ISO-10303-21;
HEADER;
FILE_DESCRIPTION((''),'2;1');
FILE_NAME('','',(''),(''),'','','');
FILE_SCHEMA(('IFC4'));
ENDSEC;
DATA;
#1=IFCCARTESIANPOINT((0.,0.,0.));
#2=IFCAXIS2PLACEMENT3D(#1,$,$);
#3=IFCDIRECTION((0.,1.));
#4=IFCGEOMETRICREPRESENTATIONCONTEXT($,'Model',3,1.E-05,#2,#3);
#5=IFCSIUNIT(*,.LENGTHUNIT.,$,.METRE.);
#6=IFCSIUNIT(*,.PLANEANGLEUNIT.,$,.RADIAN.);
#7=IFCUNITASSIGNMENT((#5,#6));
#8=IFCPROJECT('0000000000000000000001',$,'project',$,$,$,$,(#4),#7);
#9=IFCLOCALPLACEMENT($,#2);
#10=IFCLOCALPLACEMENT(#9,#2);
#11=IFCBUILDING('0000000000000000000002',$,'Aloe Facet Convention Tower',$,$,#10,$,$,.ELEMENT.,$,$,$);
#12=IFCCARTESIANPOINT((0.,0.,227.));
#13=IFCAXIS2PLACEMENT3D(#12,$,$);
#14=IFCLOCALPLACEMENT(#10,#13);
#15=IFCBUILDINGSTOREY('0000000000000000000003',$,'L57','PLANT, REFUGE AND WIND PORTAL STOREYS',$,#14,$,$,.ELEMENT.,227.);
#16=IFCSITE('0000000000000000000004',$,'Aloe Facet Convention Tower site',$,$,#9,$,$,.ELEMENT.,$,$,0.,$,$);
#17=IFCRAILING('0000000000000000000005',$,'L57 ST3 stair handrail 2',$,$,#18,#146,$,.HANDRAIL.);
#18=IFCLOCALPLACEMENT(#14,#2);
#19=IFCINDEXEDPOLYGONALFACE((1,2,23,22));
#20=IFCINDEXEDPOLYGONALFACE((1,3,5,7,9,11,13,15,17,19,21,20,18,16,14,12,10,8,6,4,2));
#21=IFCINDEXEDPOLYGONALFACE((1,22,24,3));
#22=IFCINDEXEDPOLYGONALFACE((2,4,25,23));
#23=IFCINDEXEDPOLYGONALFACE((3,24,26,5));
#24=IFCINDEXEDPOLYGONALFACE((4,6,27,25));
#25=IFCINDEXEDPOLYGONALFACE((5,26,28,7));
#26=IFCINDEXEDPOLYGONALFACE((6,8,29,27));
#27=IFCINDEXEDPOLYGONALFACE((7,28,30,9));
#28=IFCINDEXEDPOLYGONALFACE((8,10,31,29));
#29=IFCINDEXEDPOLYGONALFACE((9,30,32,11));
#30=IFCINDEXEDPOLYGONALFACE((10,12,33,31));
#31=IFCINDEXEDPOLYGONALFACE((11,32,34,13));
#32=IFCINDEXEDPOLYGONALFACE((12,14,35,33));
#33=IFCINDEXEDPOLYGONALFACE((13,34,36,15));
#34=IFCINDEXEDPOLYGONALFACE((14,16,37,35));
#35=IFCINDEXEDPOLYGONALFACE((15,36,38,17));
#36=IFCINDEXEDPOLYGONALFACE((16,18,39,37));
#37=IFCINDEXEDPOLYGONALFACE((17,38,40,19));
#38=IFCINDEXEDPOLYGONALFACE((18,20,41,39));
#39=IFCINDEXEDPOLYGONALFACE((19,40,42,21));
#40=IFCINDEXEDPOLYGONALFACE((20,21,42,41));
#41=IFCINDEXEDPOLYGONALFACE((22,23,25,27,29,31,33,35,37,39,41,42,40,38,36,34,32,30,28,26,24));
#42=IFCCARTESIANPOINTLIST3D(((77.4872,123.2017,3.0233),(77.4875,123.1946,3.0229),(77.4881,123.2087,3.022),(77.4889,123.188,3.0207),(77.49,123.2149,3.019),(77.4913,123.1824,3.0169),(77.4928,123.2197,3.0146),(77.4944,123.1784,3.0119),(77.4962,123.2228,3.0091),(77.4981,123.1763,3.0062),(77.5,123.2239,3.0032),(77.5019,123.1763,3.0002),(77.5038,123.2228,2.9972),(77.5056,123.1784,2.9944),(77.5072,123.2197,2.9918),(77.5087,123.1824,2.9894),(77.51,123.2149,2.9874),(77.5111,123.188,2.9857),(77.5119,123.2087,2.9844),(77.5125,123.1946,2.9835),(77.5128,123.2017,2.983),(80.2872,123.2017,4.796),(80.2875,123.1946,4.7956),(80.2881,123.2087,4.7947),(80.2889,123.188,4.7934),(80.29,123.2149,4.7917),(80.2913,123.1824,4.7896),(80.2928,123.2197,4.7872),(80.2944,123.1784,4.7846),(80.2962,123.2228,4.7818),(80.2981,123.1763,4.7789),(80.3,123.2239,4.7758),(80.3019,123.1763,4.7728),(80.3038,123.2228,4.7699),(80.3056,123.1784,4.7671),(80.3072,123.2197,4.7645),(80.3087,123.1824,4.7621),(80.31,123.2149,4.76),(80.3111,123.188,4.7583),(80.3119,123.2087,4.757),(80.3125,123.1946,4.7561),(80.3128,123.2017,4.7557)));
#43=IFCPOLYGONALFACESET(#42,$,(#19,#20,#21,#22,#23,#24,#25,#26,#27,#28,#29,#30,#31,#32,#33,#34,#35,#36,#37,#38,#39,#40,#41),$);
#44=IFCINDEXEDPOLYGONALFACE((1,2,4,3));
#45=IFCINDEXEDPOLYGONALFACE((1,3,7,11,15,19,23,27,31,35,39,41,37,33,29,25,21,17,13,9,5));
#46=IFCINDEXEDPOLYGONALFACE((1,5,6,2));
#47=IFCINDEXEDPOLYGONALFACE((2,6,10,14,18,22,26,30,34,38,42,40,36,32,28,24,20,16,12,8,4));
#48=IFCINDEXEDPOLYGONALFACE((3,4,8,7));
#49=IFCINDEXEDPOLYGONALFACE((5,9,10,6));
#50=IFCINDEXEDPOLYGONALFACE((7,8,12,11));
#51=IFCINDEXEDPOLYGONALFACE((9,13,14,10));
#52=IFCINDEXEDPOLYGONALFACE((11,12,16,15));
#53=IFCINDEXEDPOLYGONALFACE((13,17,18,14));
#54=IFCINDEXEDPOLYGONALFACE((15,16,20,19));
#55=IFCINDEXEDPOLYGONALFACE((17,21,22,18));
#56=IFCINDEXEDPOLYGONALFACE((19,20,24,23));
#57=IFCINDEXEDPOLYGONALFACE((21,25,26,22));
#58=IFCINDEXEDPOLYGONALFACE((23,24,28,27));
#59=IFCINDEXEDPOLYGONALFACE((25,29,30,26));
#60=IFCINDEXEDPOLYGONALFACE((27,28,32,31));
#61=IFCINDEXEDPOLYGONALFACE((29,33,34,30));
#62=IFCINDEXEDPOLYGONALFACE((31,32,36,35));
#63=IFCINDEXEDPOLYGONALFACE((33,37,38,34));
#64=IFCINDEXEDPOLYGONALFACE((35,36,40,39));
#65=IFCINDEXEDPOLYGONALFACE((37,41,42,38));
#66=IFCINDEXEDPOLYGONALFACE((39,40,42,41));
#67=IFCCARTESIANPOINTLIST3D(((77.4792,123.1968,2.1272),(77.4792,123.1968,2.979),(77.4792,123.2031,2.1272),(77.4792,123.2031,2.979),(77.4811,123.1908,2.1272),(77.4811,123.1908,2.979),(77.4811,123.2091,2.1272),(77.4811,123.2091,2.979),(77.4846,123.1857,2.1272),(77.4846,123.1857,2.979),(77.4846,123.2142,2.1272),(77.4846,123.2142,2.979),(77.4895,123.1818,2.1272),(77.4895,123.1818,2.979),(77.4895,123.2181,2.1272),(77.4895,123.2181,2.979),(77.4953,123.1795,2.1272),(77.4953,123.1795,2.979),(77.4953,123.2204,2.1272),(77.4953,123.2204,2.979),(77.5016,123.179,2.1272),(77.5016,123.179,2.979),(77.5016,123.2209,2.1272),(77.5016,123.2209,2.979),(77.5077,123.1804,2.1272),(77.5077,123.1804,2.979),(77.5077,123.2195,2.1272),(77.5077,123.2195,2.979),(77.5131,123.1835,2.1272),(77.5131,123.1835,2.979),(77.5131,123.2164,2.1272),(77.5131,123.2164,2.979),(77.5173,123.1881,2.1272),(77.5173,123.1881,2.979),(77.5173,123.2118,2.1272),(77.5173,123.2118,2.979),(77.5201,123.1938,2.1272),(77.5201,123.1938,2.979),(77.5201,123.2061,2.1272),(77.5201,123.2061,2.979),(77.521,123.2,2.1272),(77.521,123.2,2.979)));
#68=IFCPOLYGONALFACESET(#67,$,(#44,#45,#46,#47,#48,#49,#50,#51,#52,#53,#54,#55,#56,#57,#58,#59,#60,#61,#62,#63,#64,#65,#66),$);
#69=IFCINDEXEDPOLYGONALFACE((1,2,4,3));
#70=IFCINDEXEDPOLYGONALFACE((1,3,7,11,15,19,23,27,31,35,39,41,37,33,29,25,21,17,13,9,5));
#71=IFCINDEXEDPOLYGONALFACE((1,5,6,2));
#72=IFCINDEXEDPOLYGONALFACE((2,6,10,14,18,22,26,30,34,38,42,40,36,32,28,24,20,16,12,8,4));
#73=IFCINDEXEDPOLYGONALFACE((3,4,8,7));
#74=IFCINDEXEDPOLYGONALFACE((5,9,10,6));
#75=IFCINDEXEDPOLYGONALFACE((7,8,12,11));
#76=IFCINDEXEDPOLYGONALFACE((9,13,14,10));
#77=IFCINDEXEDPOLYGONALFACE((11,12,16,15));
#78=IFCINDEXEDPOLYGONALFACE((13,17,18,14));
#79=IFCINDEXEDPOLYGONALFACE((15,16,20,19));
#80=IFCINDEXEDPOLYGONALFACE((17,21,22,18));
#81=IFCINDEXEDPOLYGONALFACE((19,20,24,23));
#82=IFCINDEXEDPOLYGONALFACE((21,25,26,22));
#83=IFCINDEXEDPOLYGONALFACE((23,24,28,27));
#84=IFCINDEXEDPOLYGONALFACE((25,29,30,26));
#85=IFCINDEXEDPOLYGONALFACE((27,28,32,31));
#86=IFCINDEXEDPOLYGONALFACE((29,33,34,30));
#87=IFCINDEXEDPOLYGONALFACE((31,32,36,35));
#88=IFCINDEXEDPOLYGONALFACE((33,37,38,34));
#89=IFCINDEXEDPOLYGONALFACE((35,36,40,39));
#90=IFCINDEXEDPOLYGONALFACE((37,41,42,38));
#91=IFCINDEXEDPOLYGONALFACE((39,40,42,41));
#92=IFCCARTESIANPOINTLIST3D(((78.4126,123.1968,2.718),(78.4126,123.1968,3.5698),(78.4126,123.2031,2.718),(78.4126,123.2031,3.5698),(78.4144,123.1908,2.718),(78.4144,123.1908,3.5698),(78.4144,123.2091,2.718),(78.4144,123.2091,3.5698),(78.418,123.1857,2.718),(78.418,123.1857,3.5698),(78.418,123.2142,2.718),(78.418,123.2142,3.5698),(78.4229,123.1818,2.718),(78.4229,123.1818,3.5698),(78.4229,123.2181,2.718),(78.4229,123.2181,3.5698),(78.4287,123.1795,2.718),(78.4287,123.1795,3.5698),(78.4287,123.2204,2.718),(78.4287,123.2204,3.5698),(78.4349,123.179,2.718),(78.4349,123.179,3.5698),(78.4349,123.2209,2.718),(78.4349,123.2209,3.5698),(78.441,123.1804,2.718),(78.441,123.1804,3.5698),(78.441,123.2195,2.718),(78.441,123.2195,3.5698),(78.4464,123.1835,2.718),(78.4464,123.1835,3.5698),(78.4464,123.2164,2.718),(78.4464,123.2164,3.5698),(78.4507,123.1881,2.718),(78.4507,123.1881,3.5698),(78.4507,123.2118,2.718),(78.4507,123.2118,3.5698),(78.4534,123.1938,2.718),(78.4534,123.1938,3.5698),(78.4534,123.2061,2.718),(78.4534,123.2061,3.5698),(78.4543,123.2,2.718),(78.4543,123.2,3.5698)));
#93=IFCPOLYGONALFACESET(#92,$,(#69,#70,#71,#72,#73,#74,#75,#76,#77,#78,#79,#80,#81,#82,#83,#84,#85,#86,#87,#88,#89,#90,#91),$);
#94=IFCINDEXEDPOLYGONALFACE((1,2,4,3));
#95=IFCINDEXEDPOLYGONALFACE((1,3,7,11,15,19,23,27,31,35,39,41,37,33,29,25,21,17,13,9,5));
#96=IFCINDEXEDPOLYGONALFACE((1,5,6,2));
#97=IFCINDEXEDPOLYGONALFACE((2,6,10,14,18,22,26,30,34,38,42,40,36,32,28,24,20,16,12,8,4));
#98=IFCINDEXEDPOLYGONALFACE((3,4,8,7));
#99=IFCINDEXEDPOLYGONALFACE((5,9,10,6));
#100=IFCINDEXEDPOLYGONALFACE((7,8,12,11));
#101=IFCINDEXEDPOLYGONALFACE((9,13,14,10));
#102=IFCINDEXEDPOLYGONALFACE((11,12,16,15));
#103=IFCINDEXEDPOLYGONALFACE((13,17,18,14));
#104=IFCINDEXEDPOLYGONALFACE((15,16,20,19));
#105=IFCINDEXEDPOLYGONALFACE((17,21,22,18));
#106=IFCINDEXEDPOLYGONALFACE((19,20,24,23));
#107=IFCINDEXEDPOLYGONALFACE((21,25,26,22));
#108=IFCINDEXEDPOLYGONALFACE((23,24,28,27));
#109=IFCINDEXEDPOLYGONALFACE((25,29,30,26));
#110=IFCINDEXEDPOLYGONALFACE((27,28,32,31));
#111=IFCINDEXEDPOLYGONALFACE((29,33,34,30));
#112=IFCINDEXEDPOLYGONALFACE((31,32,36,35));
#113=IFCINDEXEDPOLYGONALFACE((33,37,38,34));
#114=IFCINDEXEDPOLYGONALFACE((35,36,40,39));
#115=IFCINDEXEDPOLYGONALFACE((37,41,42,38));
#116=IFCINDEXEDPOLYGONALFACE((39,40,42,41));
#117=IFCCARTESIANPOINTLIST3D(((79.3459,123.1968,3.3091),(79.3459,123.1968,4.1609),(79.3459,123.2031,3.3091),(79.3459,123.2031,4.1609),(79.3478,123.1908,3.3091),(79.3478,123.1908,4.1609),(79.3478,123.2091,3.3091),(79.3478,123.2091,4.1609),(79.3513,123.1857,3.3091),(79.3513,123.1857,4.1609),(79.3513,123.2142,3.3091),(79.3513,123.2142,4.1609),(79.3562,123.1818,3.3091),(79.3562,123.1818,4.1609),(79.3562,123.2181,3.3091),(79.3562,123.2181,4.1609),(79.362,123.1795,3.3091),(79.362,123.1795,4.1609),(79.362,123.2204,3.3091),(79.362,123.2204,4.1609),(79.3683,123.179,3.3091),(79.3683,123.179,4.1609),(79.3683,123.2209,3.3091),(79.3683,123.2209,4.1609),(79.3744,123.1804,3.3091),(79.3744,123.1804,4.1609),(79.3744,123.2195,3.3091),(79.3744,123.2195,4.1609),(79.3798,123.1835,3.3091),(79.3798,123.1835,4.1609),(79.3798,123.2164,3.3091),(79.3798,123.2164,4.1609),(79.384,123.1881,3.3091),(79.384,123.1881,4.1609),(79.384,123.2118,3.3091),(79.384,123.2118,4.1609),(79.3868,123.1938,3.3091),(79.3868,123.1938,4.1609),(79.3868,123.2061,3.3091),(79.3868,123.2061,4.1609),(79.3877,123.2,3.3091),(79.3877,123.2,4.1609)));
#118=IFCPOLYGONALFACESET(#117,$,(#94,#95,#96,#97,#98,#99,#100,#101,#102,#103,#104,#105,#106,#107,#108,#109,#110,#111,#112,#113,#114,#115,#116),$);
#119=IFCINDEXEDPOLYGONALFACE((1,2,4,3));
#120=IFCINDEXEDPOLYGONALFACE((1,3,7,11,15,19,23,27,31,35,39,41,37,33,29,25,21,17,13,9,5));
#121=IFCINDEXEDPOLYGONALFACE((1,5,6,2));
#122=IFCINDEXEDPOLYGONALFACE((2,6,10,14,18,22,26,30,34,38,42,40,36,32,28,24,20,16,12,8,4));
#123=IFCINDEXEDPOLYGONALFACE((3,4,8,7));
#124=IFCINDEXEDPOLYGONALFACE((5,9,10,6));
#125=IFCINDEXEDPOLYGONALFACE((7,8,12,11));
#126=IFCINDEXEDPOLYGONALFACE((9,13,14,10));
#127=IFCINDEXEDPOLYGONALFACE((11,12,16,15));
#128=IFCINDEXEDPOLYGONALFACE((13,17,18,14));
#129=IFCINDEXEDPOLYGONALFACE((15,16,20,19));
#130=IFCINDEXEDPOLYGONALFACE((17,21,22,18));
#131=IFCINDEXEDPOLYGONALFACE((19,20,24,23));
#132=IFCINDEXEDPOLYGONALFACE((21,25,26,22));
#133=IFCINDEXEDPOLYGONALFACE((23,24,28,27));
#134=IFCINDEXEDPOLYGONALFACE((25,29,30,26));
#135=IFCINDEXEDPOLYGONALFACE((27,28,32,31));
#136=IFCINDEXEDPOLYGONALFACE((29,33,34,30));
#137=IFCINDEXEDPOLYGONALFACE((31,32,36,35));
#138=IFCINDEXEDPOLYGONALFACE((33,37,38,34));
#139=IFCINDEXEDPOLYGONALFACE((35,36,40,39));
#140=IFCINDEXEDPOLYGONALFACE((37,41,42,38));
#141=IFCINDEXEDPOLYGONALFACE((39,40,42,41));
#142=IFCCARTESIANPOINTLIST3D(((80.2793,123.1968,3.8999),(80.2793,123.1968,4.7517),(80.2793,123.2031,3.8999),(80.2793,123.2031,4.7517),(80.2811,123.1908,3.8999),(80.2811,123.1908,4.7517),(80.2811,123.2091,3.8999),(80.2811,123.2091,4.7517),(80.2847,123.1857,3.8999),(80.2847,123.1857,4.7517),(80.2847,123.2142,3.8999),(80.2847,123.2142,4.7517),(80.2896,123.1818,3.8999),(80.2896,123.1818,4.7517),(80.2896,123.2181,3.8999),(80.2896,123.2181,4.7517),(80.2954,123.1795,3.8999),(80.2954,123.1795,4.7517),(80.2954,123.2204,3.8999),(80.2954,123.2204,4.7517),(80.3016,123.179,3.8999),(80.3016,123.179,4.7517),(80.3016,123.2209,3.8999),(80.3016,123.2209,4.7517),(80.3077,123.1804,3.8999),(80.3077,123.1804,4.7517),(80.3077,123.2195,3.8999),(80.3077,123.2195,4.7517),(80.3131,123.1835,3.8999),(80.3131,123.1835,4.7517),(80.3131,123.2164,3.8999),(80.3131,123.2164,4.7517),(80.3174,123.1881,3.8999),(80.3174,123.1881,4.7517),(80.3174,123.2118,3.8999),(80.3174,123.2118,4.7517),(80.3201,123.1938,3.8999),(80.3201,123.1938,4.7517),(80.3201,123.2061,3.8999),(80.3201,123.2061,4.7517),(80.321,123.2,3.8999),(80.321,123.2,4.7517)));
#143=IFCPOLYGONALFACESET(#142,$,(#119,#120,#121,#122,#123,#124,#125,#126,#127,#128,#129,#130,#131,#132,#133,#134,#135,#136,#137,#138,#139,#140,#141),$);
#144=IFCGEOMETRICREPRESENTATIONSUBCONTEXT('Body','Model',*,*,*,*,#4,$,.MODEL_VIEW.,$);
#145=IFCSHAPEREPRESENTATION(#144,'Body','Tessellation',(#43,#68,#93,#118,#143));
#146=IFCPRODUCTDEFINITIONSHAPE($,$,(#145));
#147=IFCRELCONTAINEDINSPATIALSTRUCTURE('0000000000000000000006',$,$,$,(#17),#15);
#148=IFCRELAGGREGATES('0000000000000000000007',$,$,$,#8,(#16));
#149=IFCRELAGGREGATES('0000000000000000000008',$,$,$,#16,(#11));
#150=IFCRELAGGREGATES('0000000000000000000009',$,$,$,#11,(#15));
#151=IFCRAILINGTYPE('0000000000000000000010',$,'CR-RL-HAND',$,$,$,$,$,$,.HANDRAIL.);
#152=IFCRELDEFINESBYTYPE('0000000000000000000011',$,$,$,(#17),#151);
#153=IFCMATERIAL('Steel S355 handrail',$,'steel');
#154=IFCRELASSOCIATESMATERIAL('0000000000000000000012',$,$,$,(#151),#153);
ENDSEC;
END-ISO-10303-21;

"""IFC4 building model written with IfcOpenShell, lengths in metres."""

from ifc_helpers import new_model, si_unit, direction, frame, origin, origin_2d, place, context, subcontext, project, spatial, circle, extrude, material, type_object, element, save


model = new_model("IFC4")

# Units and contexts
model_context = context("Model", 3, precision=1e-05, world=origin(), true_north=direction((0.0, 1.0)))
body_context = subcontext(model_context, "Body", "Model", "MODEL_VIEW")
ifc_project = project(units=[si_unit("LENGTHUNIT", "METRE"), si_unit("PLANEANGLEUNIT", "RADIAN")], contexts=[model_context])

# Site, building, storey
site_placement = place(None, origin())
site = spatial("IfcSite", under=ifc_project, at=site_placement, Name="Aloe Facet Convention Tower site", CompositionType="ELEMENT", RefElevation=0.0)
building_placement = place(site_placement, origin())
building = spatial("IfcBuilding", under=site, at=building_placement, Name="Aloe Facet Convention Tower", CompositionType="ELEMENT")
storey_placement = place(building_placement, frame((0.0, 0.0, 227.0)))
storey = spatial("IfcBuildingStorey", under=building, at=storey_placement, Name="L57", Description="PLANT, REFUGE AND WIND PORTAL STOREYS", CompositionType="ELEMENT", Elevation=227.0)

# Railing
ifc_material_1 = material(Name="Steel S355 handrail", Category="steel")
railing_type_1 = type_object("IfcRailingType", Name="CR-RL-HAND", PredefinedType="HANDRAIL", material=ifc_material_1)
for number, where, name in (
    (1, (77.5, 123.2, 2.1272), "L57 ST3 stair handrail 2"),
):
    element("IfcRailing", number, at=place(storey_placement, frame(where)), inside=storey, type_object=railing_type_1, Name=name, PredefinedType="HANDRAIL", context=body_context, shape_type="SweptSolid", body=[
        extrude(circle(Radius=0.0239, at=origin_2d()), frame((0.0, 0.0, 0.876), z_axis=(0.844909, 0.0, 0.53491), x_axis=(0.0, 1.0, 0.0)), (0.0, 0.0, 1.0), 3.314),
        extrude(circle(Radius=0.021, at=origin_2d()), origin(), (0.0, 0.0, 1.0), 0.8518),
        extrude(circle(Radius=0.021, at=origin_2d()), frame((0.9333, 0.0, 0.5908)), (0.0, 0.0, 1.0), 0.8518),
        extrude(circle(Radius=0.021, at=origin_2d()), frame((1.8667, 0.0, 1.1819)), (0.0, 0.0, 1.0), 0.8518),
        extrude(circle(Radius=0.021, at=origin_2d()), frame((2.8, 0.0, 1.7727)), (0.0, 0.0, 1.0), 0.8518),
    ])

save(model, "model.ifc")
